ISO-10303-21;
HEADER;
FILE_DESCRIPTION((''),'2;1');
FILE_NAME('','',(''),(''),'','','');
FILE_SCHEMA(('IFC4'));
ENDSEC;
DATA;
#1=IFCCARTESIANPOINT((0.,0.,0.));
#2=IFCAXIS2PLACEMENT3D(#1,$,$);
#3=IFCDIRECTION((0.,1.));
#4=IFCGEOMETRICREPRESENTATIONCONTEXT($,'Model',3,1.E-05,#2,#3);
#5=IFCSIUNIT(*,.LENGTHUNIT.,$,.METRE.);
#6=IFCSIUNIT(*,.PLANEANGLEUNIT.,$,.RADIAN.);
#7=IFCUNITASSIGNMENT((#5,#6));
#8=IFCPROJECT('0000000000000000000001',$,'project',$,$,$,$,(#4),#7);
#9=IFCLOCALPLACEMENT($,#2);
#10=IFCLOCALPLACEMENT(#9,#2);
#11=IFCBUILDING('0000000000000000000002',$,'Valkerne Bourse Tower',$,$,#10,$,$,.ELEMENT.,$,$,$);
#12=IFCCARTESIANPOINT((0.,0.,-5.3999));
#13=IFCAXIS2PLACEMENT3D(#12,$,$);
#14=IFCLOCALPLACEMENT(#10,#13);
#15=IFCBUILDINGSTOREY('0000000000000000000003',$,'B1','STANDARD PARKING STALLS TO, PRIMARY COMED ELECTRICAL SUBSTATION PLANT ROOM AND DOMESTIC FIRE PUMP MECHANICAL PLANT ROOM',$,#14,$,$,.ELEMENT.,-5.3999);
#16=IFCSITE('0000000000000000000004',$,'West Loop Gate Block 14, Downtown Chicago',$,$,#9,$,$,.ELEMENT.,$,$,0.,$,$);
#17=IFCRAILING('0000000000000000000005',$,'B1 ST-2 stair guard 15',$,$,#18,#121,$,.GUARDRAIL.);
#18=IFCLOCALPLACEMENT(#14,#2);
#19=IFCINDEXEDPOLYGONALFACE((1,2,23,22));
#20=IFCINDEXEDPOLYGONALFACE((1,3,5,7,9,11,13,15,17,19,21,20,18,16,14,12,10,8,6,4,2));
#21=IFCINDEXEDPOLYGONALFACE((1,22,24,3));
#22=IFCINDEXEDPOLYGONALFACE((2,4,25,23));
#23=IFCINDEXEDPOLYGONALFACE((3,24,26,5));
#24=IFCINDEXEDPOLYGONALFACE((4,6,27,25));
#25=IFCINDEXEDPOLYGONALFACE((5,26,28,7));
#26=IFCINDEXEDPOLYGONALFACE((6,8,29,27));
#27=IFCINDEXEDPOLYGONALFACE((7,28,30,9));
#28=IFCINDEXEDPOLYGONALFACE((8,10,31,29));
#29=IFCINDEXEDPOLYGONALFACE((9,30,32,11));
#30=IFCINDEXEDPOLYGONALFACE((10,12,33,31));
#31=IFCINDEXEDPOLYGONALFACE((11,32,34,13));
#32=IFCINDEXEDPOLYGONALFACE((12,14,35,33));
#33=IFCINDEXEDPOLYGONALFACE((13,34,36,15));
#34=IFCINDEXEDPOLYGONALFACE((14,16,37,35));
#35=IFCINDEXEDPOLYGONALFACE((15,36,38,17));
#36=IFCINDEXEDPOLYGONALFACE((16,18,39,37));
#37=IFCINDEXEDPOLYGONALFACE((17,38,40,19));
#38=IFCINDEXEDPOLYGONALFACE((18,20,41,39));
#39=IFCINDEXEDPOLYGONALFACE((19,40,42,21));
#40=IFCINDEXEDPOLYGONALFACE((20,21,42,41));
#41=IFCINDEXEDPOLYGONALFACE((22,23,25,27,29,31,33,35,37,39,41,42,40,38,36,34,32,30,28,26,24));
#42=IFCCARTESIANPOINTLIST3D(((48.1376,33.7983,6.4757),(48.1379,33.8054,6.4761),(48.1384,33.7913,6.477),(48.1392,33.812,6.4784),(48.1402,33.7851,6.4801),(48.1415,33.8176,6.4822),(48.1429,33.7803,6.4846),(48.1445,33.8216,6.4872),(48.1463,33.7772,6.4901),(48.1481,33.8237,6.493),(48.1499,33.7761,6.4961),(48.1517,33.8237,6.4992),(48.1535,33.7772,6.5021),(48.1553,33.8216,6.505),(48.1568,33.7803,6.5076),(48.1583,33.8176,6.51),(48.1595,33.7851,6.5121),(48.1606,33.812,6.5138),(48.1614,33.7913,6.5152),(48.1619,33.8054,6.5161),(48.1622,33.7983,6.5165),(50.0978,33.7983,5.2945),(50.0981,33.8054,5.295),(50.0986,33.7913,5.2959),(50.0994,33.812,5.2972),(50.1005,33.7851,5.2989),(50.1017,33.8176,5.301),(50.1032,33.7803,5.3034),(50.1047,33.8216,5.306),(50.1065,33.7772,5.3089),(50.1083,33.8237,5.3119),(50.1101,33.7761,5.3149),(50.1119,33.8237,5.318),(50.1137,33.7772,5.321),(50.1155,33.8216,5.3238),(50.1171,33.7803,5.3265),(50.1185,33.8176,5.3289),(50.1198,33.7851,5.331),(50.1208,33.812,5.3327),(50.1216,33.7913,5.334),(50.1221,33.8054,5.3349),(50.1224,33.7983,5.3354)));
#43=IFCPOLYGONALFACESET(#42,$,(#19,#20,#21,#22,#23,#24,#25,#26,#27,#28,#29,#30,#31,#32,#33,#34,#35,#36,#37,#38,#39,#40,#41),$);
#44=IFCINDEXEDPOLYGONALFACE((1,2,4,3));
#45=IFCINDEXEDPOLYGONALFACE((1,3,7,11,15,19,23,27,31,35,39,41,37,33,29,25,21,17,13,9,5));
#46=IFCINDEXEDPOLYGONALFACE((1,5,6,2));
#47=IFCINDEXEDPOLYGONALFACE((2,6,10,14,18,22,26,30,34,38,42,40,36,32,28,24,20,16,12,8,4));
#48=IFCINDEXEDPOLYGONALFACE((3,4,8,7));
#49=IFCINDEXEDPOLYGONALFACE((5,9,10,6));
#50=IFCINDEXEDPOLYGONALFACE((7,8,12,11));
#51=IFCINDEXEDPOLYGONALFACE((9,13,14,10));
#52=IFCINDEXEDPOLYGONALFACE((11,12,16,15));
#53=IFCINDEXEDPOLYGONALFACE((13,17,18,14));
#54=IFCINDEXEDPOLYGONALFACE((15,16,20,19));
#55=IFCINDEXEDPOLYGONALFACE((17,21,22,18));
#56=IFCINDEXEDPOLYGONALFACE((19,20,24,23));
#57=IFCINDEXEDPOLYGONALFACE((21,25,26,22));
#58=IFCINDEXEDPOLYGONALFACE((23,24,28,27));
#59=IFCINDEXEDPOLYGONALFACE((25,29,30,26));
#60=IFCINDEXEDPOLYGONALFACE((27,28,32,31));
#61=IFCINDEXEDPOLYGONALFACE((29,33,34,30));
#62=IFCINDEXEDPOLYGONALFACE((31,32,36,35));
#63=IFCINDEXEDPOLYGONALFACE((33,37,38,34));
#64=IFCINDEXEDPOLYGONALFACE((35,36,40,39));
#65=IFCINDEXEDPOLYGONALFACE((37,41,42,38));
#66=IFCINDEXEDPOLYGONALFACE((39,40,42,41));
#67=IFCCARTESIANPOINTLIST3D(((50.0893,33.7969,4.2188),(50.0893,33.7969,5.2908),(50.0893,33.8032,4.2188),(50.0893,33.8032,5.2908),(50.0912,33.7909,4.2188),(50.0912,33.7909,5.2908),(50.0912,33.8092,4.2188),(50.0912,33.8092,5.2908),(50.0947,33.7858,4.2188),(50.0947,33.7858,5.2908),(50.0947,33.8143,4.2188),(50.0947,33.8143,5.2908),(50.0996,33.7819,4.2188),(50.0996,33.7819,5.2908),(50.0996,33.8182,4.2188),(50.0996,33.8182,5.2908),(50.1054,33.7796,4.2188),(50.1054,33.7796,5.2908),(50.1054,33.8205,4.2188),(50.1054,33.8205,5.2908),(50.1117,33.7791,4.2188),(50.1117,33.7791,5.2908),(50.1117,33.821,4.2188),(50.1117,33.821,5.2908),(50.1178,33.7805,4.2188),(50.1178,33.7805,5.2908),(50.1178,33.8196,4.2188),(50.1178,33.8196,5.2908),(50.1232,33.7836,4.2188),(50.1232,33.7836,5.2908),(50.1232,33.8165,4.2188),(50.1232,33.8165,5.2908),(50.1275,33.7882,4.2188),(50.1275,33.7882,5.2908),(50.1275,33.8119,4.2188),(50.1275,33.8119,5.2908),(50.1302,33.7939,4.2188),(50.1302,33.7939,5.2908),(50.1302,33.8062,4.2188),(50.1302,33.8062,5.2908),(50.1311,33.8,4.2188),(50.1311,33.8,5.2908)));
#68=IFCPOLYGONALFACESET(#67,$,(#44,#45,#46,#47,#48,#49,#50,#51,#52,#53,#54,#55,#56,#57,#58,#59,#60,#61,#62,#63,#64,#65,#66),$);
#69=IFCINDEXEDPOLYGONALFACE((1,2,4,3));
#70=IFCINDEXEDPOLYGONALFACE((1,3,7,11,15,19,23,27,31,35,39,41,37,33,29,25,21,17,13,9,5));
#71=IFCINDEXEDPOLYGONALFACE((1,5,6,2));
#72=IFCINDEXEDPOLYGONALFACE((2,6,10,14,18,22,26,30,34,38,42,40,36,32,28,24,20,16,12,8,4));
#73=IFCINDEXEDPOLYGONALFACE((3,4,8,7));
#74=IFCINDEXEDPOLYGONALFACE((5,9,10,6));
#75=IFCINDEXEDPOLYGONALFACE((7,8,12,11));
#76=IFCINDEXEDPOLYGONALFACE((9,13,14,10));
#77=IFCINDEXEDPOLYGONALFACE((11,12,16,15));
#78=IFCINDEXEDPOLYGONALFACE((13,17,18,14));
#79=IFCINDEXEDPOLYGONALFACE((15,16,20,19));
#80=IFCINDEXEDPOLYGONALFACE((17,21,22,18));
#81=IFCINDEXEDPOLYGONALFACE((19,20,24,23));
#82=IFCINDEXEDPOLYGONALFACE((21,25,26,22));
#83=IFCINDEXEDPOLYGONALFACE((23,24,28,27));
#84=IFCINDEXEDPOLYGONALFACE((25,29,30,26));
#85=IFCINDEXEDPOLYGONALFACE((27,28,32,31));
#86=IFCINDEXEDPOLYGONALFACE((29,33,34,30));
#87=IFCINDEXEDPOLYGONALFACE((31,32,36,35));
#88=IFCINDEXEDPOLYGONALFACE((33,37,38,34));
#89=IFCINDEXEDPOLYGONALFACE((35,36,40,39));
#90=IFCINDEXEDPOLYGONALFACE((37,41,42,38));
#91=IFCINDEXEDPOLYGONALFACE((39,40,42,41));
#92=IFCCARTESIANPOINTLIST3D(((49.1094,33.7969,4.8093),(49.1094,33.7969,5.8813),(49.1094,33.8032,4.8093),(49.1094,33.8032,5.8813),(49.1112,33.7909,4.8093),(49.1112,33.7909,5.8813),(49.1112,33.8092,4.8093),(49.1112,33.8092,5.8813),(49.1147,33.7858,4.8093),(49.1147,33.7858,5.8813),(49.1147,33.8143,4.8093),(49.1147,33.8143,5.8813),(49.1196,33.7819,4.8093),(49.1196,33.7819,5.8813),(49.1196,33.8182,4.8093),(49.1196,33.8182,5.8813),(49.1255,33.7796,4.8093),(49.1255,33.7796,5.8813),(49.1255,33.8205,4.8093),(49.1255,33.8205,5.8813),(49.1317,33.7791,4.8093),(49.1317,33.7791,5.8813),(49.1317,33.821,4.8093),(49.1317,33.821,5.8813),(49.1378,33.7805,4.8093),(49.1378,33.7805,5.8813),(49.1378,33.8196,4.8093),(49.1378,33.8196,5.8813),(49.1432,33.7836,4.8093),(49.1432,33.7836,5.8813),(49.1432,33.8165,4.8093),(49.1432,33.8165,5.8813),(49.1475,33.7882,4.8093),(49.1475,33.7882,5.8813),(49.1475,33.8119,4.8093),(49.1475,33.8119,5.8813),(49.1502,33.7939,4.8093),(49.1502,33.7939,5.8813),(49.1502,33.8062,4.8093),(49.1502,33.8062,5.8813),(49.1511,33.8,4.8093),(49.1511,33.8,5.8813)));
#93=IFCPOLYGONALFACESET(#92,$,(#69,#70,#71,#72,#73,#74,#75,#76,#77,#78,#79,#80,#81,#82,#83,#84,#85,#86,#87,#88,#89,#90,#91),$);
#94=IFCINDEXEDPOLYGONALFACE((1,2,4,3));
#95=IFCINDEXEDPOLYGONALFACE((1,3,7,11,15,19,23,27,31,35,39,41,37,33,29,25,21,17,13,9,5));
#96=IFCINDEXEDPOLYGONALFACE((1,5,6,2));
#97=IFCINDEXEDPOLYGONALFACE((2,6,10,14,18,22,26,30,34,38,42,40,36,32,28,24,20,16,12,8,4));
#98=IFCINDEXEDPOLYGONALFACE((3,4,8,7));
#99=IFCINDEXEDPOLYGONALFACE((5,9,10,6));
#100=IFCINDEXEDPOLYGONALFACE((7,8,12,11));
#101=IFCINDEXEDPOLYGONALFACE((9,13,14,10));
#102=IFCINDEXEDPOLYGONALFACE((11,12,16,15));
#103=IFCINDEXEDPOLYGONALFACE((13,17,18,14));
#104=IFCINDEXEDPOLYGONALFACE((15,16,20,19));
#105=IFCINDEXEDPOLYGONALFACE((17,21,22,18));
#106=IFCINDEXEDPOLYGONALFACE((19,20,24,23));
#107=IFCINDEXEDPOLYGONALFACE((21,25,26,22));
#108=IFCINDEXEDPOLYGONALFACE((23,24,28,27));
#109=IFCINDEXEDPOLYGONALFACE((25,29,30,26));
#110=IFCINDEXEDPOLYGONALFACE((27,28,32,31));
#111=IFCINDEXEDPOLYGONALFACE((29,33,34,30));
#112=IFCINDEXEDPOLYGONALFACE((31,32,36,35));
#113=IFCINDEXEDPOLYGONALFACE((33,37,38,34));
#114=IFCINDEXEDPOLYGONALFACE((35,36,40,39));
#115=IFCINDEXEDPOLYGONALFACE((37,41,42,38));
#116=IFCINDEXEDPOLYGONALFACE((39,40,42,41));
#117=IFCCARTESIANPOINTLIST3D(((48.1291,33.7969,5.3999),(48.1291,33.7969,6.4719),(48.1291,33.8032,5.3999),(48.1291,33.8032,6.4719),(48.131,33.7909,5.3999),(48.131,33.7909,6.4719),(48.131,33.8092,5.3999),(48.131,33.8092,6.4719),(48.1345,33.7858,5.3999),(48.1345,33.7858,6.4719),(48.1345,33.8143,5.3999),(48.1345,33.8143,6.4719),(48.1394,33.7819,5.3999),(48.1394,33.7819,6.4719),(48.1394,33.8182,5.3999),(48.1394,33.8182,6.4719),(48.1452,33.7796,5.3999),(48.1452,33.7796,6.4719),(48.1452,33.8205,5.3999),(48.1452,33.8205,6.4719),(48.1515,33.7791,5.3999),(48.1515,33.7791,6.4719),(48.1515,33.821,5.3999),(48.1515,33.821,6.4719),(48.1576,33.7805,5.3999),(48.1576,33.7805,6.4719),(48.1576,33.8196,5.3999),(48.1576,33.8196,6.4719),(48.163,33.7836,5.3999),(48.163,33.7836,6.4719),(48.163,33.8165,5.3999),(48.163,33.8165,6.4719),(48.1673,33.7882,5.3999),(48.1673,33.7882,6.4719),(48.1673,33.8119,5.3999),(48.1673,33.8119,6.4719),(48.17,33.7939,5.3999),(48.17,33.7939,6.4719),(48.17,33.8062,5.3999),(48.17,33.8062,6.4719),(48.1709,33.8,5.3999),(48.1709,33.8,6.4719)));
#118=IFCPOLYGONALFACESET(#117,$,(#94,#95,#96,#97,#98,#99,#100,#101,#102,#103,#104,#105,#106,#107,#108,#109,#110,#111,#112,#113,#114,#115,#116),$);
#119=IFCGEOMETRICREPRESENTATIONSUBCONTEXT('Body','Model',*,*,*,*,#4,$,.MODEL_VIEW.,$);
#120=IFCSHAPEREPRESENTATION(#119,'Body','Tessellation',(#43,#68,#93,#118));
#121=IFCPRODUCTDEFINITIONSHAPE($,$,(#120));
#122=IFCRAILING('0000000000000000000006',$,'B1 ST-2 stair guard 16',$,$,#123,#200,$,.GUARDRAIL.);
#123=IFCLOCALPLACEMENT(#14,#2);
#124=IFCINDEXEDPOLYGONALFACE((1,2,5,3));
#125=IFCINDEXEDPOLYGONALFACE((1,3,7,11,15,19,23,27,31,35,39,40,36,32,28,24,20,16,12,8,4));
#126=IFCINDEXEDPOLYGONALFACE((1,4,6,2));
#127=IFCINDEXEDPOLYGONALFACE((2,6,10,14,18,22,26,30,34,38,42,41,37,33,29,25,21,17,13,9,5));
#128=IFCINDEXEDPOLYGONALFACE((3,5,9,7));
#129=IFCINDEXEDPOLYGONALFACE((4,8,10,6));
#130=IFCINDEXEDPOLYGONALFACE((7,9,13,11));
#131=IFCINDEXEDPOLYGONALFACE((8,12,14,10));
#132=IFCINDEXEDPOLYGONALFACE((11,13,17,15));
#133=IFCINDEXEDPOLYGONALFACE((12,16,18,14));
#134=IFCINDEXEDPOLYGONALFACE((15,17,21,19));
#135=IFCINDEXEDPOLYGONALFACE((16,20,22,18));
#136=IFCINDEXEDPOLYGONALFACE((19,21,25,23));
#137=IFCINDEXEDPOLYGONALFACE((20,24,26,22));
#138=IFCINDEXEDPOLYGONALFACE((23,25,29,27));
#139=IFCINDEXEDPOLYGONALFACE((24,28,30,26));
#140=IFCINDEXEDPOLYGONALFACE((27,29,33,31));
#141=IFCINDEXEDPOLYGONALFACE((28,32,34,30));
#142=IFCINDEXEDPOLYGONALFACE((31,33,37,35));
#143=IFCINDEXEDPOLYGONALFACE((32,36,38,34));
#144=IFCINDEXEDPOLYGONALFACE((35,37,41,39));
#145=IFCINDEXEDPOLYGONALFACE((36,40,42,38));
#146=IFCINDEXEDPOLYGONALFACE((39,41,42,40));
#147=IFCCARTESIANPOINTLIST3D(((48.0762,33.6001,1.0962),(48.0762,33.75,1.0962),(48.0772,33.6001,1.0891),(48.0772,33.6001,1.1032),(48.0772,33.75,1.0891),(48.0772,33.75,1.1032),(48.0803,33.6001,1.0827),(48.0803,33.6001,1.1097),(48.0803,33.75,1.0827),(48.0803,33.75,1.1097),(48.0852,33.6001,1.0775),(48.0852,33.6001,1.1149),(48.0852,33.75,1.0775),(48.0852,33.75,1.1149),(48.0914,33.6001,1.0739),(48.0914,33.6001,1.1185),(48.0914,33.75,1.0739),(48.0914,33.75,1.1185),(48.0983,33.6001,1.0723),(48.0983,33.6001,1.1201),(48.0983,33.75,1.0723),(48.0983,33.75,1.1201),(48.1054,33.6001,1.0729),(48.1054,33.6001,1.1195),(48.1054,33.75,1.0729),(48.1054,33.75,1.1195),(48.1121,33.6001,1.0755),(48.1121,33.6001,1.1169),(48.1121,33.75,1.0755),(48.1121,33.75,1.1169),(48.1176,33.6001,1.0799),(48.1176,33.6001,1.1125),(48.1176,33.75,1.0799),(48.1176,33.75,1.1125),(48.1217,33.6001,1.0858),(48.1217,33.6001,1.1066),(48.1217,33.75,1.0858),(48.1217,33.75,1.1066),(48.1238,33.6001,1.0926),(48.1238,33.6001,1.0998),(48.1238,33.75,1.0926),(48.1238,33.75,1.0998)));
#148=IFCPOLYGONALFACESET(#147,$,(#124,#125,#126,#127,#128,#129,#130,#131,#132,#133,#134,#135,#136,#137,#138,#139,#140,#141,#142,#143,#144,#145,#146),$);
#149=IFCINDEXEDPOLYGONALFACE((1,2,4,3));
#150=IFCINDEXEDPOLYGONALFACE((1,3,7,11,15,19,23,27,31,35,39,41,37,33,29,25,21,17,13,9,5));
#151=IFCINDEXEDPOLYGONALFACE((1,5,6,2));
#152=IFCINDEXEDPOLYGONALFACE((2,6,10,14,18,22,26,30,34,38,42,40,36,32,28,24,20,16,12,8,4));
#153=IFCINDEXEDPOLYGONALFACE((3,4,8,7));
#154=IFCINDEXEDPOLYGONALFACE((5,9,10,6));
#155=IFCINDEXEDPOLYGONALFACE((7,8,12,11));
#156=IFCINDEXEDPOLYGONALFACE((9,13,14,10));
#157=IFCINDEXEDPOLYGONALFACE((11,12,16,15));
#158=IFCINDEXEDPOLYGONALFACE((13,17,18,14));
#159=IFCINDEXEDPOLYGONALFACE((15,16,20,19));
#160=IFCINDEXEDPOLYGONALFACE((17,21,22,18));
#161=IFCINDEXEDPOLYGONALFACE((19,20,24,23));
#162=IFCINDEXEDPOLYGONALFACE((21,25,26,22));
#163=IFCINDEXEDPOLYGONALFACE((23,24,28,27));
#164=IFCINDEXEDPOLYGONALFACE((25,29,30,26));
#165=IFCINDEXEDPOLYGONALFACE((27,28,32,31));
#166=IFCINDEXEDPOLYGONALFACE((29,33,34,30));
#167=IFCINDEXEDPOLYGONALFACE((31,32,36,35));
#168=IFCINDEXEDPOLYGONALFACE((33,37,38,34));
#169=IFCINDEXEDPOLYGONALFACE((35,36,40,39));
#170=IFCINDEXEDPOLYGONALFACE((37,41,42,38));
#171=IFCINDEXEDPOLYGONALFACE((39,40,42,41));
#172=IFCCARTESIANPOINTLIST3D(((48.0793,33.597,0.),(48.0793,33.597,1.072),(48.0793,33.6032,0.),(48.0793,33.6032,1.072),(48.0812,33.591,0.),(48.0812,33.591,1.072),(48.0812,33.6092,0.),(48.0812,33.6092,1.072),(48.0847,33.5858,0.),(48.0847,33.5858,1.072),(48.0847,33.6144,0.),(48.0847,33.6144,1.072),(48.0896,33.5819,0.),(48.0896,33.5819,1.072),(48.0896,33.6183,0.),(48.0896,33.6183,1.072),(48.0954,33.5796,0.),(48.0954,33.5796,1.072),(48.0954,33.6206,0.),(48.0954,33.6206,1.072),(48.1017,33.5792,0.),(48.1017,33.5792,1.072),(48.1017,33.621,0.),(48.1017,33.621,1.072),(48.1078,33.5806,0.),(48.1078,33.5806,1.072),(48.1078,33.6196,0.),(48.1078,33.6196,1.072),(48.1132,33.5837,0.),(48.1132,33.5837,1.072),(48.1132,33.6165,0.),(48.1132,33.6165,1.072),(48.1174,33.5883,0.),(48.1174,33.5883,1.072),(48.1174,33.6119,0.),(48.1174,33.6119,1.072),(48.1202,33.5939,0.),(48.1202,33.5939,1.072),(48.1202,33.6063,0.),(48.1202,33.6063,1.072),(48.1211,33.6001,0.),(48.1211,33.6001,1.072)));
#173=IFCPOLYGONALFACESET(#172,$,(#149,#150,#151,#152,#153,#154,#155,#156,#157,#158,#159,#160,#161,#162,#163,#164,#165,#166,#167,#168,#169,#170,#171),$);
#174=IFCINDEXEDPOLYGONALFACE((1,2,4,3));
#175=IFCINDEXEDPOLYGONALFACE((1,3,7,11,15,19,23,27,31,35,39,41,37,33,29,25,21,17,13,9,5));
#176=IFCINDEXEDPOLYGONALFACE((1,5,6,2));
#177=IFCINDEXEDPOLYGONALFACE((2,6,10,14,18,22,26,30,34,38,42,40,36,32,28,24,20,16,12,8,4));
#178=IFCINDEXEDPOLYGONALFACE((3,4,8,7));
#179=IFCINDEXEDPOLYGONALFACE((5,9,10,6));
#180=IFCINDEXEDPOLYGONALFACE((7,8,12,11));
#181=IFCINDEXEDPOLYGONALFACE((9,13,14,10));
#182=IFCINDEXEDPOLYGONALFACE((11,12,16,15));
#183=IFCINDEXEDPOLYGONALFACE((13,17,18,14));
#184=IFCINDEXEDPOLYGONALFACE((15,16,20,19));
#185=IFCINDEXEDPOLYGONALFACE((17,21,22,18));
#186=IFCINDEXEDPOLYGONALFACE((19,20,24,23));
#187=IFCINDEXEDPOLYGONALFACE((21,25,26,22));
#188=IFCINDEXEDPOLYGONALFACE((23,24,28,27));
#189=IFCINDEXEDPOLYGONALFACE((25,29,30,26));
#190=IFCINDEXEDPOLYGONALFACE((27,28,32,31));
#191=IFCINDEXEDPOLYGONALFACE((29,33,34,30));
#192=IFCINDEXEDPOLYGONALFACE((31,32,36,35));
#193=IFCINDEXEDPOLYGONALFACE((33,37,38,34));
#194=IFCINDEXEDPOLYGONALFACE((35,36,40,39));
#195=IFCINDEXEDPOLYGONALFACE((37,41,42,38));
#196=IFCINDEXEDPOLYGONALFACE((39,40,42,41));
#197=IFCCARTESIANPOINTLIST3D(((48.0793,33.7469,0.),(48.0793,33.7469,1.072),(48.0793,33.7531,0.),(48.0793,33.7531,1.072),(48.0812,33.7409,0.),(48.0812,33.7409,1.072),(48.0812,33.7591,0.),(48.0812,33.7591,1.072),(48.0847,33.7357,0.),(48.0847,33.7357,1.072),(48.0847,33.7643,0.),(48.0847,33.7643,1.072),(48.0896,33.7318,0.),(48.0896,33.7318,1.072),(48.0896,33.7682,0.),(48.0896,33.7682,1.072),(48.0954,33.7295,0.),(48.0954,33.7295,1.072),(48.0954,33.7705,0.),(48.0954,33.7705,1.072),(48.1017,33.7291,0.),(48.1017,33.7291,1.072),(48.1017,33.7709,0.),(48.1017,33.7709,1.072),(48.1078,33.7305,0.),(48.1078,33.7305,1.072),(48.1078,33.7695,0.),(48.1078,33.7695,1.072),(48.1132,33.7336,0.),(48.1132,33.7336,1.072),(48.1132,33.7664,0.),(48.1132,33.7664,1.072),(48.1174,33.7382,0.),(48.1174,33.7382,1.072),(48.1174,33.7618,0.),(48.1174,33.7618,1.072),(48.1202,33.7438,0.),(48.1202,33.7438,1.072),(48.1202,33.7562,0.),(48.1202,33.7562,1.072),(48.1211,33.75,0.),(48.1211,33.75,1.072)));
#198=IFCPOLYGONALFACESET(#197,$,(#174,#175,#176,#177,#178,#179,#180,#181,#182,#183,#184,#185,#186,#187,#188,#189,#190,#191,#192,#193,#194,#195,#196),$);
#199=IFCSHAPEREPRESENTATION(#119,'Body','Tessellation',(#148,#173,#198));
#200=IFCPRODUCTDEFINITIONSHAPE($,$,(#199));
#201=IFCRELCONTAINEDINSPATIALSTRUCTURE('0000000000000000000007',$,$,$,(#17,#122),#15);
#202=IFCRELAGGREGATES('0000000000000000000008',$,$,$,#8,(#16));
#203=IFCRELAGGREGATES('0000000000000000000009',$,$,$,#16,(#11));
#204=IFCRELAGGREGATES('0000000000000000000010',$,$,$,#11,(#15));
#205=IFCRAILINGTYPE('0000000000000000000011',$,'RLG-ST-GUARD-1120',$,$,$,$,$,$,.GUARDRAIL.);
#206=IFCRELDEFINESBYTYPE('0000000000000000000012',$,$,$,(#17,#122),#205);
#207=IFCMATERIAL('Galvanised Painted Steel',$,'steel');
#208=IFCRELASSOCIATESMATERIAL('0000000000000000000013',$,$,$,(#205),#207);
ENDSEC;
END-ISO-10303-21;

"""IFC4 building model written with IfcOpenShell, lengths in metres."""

from ifc_helpers import new_model, si_unit, direction, frame, origin, origin_2d, place, context, subcontext, project, spatial, circle, extrude, material, type_object, element, save


model = new_model("IFC4")

# Units and contexts
model_context = context("Model", 3, precision=1e-05, world=origin(), true_north=direction((0.0, 1.0)))
body_context = subcontext(model_context, "Body", "Model", "MODEL_VIEW")
ifc_project = project(units=[si_unit("LENGTHUNIT", "METRE"), si_unit("PLANEANGLEUNIT", "RADIAN")], contexts=[model_context])

# Site, building, storey
site_placement = place(None, origin())
site = spatial("IfcSite", under=ifc_project, at=site_placement, Name="West Loop Gate Block 14, Downtown Chicago", CompositionType="ELEMENT", RefElevation=0.0)
building_placement = place(site_placement, origin())
building = spatial("IfcBuilding", under=site, at=building_placement, Name="Valkerne Bourse Tower", CompositionType="ELEMENT")
storey_placement = place(building_placement, frame((0.0, 0.0, -5.3999)))
storey = spatial("IfcBuildingStorey", under=building, at=storey_placement, Name="B1", Description="STANDARD PARKING STALLS TO, PRIMARY COMED ELECTRICAL SUBSTATION PLANT ROOM AND DOMESTIC FIRE PUMP MECHANICAL PLANT ROOM", CompositionType="ELEMENT", Elevation=-5.3999)

# Railings
ifc_material_1 = material(Name="Galvanised Painted Steel", Category="steel")
railing_type_1 = type_object("IfcRailingType", Name="RLG-ST-GUARD-1120", PredefinedType="GUARDRAIL", material=ifc_material_1)
railing_1_placement = place(storey_placement, frame((50.1101, 33.8, 4.2188)))
element("IfcRailing", 1, at=railing_1_placement, inside=storey, type_object=railing_type_1, Name="B1 ST-2 stair guard 15", PredefinedType="GUARDRAIL", context=body_context, shape_type="SweptSolid", body=[
    extrude(circle(Radius=0.0239, at=origin_2d()), frame((0.0, 0.0, 1.0962), z_axis=(-0.856522, 0.0, 0.516111), x_axis=(0.0, -1.0, 0.0)), (0.0, 0.0, 1.0), 2.2886),
    extrude(circle(Radius=0.021, at=origin_2d()), origin(), (0.0, 0.0, 1.0), 1.072),
    extrude(circle(Radius=0.021, at=origin_2d()), frame((-0.98, 0.0, 0.5906)), (0.0, 0.0, 1.0), 1.072),
    extrude(circle(Radius=0.021, at=origin_2d()), frame((-1.9602, 0.0, 1.1812)), (0.0, 0.0, 1.0), 1.072),
])
railing_2_placement = place(storey_placement, frame((48.1001, 33.6001, 0.0)))
element("IfcRailing", 2, at=railing_2_placement, inside=storey, type_object=railing_type_1, Name="B1 ST-2 stair guard 16", PredefinedType="GUARDRAIL", context=body_context, shape_type="SweptSolid", body=[
    extrude(circle(Radius=0.0239, at=origin_2d()), frame((0.0, 0.0, 1.0962), z_axis=(0.0, 1.0, 0.0), x_axis=(-1.0, 0.0, 0.0)), (0.0, 0.0, 1.0), 0.1499),
    extrude(circle(Radius=0.021, at=origin_2d()), origin(), (0.0, 0.0, 1.0), 1.072),
    extrude(circle(Radius=0.021, at=origin_2d()), frame((0.0, 0.1499, 0.0)), (0.0, 0.0, 1.0), 1.072),
])

save(model, "model.ifc")
